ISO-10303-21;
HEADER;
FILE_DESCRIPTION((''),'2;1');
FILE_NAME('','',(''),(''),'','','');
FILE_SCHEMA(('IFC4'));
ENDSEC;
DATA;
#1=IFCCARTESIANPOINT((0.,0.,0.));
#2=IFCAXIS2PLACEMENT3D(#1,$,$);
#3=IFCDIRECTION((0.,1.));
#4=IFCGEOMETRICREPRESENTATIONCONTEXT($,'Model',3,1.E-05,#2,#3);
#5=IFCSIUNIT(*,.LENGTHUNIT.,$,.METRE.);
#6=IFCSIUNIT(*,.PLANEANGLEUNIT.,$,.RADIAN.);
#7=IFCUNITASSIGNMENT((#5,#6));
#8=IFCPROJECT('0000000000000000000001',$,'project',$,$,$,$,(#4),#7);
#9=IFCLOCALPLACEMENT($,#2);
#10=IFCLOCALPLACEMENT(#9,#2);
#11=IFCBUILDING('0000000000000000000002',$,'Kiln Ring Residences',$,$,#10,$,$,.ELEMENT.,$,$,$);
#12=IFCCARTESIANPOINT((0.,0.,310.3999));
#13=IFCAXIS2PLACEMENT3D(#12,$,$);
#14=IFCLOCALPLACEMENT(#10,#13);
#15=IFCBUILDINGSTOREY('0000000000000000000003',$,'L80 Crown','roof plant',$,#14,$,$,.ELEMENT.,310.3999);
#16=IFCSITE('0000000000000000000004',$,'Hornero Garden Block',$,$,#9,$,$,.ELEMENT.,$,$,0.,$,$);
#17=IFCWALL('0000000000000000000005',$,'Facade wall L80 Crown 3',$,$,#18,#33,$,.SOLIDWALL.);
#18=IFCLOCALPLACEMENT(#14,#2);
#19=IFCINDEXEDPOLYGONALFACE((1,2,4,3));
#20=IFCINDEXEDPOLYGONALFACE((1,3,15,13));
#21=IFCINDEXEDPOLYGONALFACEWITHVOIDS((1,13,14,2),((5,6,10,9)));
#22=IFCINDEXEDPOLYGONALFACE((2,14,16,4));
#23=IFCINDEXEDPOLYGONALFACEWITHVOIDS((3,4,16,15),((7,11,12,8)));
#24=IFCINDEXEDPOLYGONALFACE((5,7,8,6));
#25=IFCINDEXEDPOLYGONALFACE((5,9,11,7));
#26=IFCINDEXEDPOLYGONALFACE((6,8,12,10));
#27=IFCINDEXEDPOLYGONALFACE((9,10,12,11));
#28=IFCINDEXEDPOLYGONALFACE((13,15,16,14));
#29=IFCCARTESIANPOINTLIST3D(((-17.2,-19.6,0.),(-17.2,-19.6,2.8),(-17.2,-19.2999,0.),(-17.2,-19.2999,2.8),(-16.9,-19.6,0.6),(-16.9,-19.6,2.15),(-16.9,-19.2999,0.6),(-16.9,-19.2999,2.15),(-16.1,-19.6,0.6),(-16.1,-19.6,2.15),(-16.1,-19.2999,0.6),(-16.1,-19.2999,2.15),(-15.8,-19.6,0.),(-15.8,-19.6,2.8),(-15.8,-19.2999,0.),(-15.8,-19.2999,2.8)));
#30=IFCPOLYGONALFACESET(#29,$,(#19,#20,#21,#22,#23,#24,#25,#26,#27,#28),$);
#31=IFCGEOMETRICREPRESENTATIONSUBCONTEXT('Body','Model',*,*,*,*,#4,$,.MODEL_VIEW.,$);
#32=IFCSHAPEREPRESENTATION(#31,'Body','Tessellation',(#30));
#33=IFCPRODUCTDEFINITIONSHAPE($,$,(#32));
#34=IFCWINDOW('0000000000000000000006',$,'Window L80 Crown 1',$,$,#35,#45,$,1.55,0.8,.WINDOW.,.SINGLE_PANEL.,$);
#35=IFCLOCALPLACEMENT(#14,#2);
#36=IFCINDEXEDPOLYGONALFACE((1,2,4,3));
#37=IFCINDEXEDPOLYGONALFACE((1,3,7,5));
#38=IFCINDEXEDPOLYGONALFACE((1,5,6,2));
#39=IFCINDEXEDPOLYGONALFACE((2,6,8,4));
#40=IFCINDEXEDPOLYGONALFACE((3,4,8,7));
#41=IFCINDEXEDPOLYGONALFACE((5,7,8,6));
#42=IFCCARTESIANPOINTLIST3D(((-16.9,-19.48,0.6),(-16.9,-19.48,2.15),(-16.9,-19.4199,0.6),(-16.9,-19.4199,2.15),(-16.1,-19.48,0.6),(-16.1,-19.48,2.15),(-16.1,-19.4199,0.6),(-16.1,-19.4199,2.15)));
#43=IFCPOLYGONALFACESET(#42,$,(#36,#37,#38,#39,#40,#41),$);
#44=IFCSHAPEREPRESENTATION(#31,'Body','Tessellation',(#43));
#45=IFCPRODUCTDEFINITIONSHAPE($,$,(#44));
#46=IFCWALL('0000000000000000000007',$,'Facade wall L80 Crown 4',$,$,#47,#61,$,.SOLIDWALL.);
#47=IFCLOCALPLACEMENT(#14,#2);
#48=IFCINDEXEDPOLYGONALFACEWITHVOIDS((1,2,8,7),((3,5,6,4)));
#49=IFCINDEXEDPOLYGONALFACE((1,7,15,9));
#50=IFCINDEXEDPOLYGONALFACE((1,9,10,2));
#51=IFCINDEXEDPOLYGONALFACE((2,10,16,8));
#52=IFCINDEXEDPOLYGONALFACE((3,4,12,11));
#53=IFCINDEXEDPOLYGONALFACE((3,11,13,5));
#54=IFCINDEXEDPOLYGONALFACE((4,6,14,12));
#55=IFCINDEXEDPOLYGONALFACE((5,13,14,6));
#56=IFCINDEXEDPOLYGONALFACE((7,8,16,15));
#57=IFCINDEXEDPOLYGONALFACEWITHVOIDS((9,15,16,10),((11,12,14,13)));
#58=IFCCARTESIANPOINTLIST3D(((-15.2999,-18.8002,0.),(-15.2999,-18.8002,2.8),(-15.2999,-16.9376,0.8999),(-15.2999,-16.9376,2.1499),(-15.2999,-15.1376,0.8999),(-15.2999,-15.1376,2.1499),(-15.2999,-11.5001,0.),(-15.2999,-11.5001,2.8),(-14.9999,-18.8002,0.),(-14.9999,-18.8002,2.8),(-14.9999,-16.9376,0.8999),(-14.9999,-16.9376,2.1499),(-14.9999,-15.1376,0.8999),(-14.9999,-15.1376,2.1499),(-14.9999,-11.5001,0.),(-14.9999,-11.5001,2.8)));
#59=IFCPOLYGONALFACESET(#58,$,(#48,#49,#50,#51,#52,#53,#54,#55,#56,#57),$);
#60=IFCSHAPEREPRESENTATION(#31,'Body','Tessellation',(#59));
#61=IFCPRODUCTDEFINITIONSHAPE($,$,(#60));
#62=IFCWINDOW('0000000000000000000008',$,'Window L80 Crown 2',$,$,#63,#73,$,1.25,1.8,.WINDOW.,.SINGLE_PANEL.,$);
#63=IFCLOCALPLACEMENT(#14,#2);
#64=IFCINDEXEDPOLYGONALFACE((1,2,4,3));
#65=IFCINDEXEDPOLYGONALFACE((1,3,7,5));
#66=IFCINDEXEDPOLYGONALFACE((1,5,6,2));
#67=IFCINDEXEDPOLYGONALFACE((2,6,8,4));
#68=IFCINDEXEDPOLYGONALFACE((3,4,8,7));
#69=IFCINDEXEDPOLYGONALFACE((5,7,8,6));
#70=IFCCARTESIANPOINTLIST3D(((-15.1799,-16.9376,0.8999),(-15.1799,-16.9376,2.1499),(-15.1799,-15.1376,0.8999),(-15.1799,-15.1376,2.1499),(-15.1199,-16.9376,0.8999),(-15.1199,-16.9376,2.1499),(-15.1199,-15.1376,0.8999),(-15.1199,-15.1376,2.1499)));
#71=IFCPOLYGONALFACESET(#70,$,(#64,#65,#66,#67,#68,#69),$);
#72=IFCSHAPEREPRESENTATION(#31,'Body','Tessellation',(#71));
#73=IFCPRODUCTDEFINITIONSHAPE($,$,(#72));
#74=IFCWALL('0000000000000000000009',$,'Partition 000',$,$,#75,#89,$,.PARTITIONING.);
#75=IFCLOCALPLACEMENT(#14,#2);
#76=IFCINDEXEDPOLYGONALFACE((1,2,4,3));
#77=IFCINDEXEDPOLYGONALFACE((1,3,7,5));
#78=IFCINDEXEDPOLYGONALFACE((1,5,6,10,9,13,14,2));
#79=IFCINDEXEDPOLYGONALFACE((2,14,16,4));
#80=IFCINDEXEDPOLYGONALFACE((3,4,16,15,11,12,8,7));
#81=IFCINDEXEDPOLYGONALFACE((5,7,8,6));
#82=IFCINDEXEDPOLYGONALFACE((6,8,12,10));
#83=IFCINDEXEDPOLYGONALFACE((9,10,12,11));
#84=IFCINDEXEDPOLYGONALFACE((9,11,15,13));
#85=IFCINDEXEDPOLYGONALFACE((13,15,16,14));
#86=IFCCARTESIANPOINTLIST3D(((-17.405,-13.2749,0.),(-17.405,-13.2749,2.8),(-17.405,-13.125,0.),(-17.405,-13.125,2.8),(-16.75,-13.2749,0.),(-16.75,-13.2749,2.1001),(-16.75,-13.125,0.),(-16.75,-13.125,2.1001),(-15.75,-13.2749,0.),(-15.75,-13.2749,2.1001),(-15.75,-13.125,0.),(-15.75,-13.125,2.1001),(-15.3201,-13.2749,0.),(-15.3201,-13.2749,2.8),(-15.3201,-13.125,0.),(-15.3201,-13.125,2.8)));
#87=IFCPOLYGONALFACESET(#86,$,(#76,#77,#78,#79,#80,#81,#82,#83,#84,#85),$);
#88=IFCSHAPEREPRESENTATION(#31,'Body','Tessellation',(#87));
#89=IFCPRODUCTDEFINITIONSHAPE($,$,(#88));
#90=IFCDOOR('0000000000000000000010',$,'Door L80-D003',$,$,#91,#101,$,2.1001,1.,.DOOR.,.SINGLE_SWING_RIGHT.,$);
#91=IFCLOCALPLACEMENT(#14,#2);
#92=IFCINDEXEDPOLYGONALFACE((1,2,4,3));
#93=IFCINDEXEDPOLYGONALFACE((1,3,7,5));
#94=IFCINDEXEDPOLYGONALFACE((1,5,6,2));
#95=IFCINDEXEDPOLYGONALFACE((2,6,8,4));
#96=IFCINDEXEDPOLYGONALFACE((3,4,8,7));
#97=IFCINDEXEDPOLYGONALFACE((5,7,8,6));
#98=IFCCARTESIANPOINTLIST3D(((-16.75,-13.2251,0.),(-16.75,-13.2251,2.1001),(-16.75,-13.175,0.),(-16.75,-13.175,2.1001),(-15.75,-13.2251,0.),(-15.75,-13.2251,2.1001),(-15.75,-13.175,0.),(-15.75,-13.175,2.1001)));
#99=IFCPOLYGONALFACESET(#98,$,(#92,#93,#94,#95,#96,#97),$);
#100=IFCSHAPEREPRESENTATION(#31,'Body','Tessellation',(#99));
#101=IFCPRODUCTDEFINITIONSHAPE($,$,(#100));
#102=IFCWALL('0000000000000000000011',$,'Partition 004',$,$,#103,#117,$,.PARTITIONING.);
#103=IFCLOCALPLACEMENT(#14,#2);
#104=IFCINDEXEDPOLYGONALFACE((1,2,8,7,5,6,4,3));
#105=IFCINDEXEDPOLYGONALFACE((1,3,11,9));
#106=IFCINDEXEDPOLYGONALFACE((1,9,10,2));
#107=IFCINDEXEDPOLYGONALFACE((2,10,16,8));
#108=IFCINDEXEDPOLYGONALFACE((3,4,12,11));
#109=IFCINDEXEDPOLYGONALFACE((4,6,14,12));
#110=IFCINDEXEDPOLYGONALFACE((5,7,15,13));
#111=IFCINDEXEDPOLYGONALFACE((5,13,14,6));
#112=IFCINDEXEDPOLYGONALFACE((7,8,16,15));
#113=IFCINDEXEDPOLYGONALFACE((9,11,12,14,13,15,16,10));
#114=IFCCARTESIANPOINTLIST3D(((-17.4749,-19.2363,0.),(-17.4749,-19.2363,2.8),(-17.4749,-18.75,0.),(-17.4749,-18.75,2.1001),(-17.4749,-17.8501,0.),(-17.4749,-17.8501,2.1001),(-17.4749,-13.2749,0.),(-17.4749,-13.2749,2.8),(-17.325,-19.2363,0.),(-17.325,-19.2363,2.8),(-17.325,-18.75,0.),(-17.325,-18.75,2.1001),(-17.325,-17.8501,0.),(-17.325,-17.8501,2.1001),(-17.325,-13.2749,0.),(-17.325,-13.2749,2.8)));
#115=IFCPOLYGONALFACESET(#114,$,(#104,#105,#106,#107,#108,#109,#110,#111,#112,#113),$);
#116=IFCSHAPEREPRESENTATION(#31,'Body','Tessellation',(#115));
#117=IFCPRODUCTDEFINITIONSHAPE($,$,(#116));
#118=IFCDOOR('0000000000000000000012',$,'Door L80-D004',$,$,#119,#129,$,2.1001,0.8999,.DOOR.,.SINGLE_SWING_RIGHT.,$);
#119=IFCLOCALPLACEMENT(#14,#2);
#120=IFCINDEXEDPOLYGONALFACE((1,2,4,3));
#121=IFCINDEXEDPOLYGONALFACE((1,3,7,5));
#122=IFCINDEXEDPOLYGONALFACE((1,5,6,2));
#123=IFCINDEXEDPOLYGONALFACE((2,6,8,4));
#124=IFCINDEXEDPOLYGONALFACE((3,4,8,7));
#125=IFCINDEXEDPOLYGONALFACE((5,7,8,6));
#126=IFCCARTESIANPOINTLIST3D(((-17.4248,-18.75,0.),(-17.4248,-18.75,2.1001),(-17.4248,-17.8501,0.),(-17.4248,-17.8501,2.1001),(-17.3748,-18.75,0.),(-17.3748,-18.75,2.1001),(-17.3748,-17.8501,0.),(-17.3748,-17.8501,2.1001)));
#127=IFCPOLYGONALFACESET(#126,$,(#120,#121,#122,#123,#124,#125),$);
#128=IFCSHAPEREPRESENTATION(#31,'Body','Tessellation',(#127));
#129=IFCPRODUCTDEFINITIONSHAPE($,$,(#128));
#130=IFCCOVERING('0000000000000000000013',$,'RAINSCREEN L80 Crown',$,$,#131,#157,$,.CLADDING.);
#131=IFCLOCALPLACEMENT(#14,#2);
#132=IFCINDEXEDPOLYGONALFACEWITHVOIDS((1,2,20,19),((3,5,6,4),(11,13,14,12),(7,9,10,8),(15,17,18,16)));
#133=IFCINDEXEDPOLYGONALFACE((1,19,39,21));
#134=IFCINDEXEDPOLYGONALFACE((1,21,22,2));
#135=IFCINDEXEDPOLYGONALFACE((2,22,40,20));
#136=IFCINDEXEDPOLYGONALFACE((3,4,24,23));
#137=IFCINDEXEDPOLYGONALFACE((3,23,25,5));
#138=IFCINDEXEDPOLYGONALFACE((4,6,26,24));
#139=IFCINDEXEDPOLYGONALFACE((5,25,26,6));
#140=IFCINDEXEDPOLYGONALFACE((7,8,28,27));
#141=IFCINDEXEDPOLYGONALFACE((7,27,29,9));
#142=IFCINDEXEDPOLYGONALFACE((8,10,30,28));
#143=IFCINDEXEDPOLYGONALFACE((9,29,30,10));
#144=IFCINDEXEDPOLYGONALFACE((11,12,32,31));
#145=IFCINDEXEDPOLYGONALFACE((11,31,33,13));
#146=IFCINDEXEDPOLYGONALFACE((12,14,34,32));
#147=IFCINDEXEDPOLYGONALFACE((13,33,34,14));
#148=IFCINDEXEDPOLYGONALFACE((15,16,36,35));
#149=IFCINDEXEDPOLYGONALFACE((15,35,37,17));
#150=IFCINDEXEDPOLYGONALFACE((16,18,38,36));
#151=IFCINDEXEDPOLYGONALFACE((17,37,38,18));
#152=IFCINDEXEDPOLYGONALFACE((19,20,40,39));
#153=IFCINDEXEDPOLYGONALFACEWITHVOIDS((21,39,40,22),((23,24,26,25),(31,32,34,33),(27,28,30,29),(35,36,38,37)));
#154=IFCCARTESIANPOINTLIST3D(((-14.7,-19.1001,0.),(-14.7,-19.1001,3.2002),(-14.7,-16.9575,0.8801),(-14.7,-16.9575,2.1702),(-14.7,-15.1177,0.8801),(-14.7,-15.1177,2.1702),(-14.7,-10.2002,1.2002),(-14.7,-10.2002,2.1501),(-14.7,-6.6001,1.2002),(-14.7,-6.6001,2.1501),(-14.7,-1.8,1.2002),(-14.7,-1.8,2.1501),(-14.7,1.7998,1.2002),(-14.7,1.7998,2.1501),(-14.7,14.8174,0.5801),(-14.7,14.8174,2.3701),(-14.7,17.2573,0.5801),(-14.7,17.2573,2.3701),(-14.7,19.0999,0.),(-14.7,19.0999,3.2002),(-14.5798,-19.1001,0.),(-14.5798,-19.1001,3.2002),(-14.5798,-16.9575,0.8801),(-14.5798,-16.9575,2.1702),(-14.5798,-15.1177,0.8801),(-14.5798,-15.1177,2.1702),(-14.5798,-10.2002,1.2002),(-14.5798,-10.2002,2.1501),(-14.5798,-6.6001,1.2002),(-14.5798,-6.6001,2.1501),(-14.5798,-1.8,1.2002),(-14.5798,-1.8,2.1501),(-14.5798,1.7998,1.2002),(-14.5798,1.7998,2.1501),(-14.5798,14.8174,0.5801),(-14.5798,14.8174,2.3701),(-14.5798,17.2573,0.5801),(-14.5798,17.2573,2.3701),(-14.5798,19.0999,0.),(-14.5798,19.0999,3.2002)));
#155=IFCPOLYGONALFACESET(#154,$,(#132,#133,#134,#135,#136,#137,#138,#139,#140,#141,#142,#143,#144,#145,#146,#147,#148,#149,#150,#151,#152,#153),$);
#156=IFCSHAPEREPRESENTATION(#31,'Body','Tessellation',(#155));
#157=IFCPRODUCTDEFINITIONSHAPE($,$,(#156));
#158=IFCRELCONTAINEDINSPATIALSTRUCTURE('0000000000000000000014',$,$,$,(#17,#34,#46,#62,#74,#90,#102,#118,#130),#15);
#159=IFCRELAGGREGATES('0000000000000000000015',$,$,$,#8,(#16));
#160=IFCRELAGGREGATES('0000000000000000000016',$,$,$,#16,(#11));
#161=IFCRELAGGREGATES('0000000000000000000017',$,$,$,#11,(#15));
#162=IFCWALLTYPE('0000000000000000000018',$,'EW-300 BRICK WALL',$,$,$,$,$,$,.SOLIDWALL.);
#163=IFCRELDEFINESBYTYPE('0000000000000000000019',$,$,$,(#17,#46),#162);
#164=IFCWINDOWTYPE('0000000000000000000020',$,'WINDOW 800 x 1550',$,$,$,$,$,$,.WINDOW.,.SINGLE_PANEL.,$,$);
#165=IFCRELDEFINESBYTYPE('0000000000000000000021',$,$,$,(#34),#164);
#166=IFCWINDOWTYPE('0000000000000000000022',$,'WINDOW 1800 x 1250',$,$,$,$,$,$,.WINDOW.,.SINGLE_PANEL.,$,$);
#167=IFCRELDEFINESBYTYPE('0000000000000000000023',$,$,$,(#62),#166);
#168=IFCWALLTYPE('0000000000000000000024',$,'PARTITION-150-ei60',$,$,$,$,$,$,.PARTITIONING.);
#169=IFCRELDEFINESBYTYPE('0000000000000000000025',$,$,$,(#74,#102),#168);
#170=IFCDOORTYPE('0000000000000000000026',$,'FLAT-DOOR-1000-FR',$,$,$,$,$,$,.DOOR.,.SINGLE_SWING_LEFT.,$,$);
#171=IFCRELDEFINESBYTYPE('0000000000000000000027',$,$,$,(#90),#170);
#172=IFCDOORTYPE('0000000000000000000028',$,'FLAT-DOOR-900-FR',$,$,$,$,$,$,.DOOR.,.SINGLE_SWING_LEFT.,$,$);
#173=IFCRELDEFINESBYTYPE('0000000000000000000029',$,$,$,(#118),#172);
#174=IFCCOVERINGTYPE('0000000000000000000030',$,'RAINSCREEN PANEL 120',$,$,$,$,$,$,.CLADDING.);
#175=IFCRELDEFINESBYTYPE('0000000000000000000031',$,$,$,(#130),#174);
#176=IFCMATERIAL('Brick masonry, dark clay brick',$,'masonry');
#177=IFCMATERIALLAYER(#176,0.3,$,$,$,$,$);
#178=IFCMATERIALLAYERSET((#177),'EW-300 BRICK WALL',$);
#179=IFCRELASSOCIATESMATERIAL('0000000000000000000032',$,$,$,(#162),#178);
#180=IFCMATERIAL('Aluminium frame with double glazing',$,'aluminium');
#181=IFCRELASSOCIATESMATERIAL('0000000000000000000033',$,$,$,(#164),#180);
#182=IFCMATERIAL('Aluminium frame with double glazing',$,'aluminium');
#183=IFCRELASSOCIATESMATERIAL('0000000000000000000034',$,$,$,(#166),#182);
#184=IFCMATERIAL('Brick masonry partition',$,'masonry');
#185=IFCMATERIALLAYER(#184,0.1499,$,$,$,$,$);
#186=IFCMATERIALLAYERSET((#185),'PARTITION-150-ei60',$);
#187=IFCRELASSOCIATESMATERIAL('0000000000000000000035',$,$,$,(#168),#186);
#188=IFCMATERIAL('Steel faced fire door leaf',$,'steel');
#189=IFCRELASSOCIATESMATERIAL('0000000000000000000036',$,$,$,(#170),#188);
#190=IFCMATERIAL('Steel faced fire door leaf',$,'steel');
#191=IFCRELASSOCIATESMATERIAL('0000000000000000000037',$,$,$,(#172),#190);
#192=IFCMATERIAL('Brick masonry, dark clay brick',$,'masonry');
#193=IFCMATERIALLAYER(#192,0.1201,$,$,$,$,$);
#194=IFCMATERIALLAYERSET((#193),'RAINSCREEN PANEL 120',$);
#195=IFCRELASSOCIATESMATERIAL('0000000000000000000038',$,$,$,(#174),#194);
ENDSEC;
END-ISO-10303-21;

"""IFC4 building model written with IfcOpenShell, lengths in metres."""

from ifc_helpers import new_model, si_unit, direction, frame, frame_2d, origin, place, context, subcontext, project, spatial, polyline, rectangle, outline, extrude, material, layer, layer_set, type_object, element, fill, save


model = new_model("IFC4")

# Units and contexts
model_context = context("Model", 3, precision=1e-05, world=origin(), true_north=direction((0.0, 1.0)))
body_context = subcontext(model_context, "Body", "Model", "MODEL_VIEW")
ifc_project = project(units=[si_unit("LENGTHUNIT", "METRE"), si_unit("PLANEANGLEUNIT", "RADIAN")], contexts=[model_context])

# Site, building, storey
site_placement = place(None, origin())
site = spatial("IfcSite", under=ifc_project, at=site_placement, Name="Hornero Garden Block", CompositionType="ELEMENT", RefElevation=0.0)
building_placement = place(site_placement, origin())
building = spatial("IfcBuilding", under=site, at=building_placement, Name="Kiln Ring Residences", CompositionType="ELEMENT")
storey_placement = place(building_placement, frame((0.0, 0.0, 310.3999)))
storey = spatial("IfcBuildingStorey", under=building, at=storey_placement, Name="L80 Crown", Description="roof plant", CompositionType="ELEMENT", Elevation=310.3999)

# Shared definitions
ifc_material_1 = material(Name="Brick masonry, dark clay brick", Category="masonry")
ifc_layer_1 = layer(ifc_material_1, 0.3)
ifc_layer_set_1 = layer_set([ifc_layer_1], Name="EW-300 BRICK WALL")
wall_type_1 = type_object("IfcWallType", Name="EW-300 BRICK WALL", PredefinedType="SOLIDWALL", material=ifc_layer_set_1)

# Walls, openings, windows
wall_1_placement = place(storey_placement, frame((-17.2, -19.45, 0.0), z_axis=(0.0, 0.0, 1.0), x_axis=(1.0, 0.0, 0.0)))
wall_1 = element("IfcWall", 1, at=wall_1_placement, inside=storey, type_object=wall_type_1, Name="Facade wall L80 Crown 3", PredefinedType="SOLIDWALL", context=body_context, shape_type="SweptSolid", body=[
    extrude(rectangle(XDim=1.3999, YDim=0.3, at=frame_2d((0.7, 0.0))), origin(), (0.0, 0.0, 1.0), 2.8),
])
opening_1_placement = place(wall_1_placement, frame((0.3, 0.0, 0.6001)))
opening_1 = element("IfcOpeningElement", 2, at=opening_1_placement, cuts=wall_1, PredefinedType="OPENING", context=body_context, shape_type="SweptSolid", body=[
    extrude(rectangle(XDim=0.8, YDim=1.55, at=frame_2d((0.3999, 0.7749))), frame((0.0, 0.1599, 0.0), z_axis=(0.0, -1.0, 0.0), x_axis=(1.0, 0.0, 0.0)), (0.0, 0.0, 1.0), 0.3201),
])
ifc_material_2 = material(Name="Aluminium frame with double glazing", Category="aluminium")
window_type_1 = type_object("IfcWindowType", Name="WINDOW 800 x 1550", PartitioningType="SINGLE_PANEL", PredefinedType="WINDOW", material=ifc_material_2)
window_1_placement = place(opening_1_placement, origin())
window_1 = element("IfcWindow", 3, at=window_1_placement, inside=storey, type_object=window_type_1, Name="Window L80 Crown 1", OverallHeight=1.55, OverallWidth=0.8, PartitioningType="SINGLE_PANEL", PredefinedType="WINDOW", context=body_context, shape_type="SweptSolid", body=[
    extrude(rectangle(XDim=0.8, YDim=1.55, at=frame_2d((0.3999, 0.7749))), frame((0.0, 0.03, 0.0), z_axis=(0.0, -1.0, 0.0), x_axis=(1.0, 0.0, 0.0)), (0.0, 0.0, 1.0), 0.0601),
])
fill(opening_1, window_1)
wall_2_placement = place(storey_placement, frame((-15.1499, -18.8, 0.0), z_axis=(0.0, 0.0, 1.0), x_axis=(0.0, 1.0, 0.0)))
wall_2 = element("IfcWall", 4, at=wall_2_placement, inside=storey, type_object=wall_type_1, Name="Facade wall L80 Crown 4", PredefinedType="SOLIDWALL", context=body_context, shape_type="SweptSolid", body=[
    extrude(rectangle(XDim=7.3, YDim=0.3, at=frame_2d((3.6499, 0.0))), origin(), (0.0, 0.0, 1.0), 2.8),
])
opening_2_placement = place(wall_2_placement, frame((1.8625, 0.0, 0.8999)))
opening_2 = element("IfcOpeningElement", 5, at=opening_2_placement, cuts=wall_2, PredefinedType="OPENING", context=body_context, shape_type="SweptSolid", body=[
    extrude(rectangle(XDim=1.8, YDim=1.25, at=frame_2d((0.8999, 0.625))), frame((0.0, 0.1599, 0.0), z_axis=(0.0, -1.0, 0.0), x_axis=(1.0, 0.0, 0.0)), (0.0, 0.0, 1.0), 0.3201),
])
ifc_material_3 = material(Name="Aluminium frame with double glazing", Category="aluminium")
window_type_2 = type_object("IfcWindowType", Name="WINDOW 1800 x 1250", PartitioningType="SINGLE_PANEL", PredefinedType="WINDOW", material=ifc_material_3)
window_2_placement = place(opening_2_placement, origin())
window_2 = element("IfcWindow", 6, at=window_2_placement, inside=storey, type_object=window_type_2, Name="Window L80 Crown 2", OverallHeight=1.25, OverallWidth=1.8, PartitioningType="SINGLE_PANEL", PredefinedType="WINDOW", context=body_context, shape_type="SweptSolid", body=[
    extrude(rectangle(XDim=1.8, YDim=1.25, at=frame_2d((0.8999, 0.625))), frame((0.0, 0.03, 0.0), z_axis=(0.0, -1.0, 0.0), x_axis=(1.0, 0.0, 0.0)), (0.0, 0.0, 1.0), 0.0601),
])
fill(opening_2, window_2)

# Walls, openings, doors
ifc_material_4 = material(Name="Brick masonry partition", Category="masonry")
ifc_layer_2 = layer(ifc_material_4, 0.1499)
ifc_layer_set_2 = layer_set([ifc_layer_2], Name="PARTITION-150-ei60")
wall_type_2 = type_object("IfcWallType", Name="PARTITION-150-ei60", PredefinedType="PARTITIONING", material=ifc_layer_set_2)
wall_3_placement = place(storey_placement, frame((-17.405, -13.2, 0.0), z_axis=(0.0, 0.0, 1.0), x_axis=(1.0, 0.0, 0.0)))
wall_3 = element("IfcWall", 7, at=wall_3_placement, inside=storey, type_object=wall_type_2, Name="Partition 000", PredefinedType="PARTITIONING", context=body_context, shape_type="SweptSolid", body=[
    extrude(rectangle(XDim=2.085, YDim=0.1499, at=frame_2d((1.0425, 0.0))), origin(), (0.0, 0.0, 1.0), 2.8),
])
opening_3_placement = place(wall_3_placement, frame((0.655, 0.0, 0.0)))
opening_3 = element("IfcOpeningElement", 8, at=opening_3_placement, cuts=wall_3, PredefinedType="OPENING", context=body_context, shape_type="SweptSolid", body=[
    extrude(rectangle(XDim=1.0, YDim=2.1001, at=frame_2d((0.5, 1.05))), frame((0.0, 0.085, 0.0), z_axis=(0.0, -1.0, 0.0), x_axis=(1.0, 0.0, 0.0)), (0.0, 0.0, 1.0), 0.1699),
])
ifc_material_5 = material(Name="Steel faced fire door leaf", Category="steel")
door_type_1 = type_object("IfcDoorType", Name="FLAT-DOOR-1000-FR", OperationType="SINGLE_SWING_LEFT", PredefinedType="DOOR", material=ifc_material_5)
door_1_placement = place(opening_3_placement, origin())
door_1 = element("IfcDoor", 9, at=door_1_placement, inside=storey, type_object=door_type_1, Name="Door L80-D003", OperationType="SINGLE_SWING_RIGHT", OverallHeight=2.1001, OverallWidth=1.0, PredefinedType="DOOR", context=body_context, shape_type="SweptSolid", body=[
    extrude(rectangle(XDim=1.0, YDim=2.1001, at=frame_2d((0.5, 1.05))), frame((0.0, 0.0249, 0.0), z_axis=(0.0, -1.0, 0.0), x_axis=(1.0, 0.0, 0.0)), (0.0, 0.0, 1.0), 0.05),
])
fill(opening_3, door_1)
wall_4_placement = place(storey_placement, frame((-17.3999, -19.2363, 0.0), z_axis=(0.0, 0.0, 1.0), x_axis=(0.0, 1.0, 0.0)))
wall_4 = element("IfcWall", 10, at=wall_4_placement, inside=storey, type_object=wall_type_2, Name="Partition 004", PredefinedType="PARTITIONING", context=body_context, shape_type="SweptSolid", body=[
    extrude(rectangle(XDim=5.9614, YDim=0.1499, at=frame_2d((2.9807, 0.0))), origin(), (0.0, 0.0, 1.0), 2.8),
])
opening_4_placement = place(wall_4_placement, frame((0.4863, 0.0, 0.0)))
opening_4 = element("IfcOpeningElement", 11, at=opening_4_placement, cuts=wall_4, PredefinedType="OPENING", context=body_context, shape_type="SweptSolid", body=[
    extrude(rectangle(XDim=0.8999, YDim=2.1001, at=frame_2d((0.45, 1.05))), frame((0.0, 0.085, 0.0), z_axis=(0.0, -1.0, 0.0), x_axis=(1.0, 0.0, 0.0)), (0.0, 0.0, 1.0), 0.1699),
])
ifc_material_6 = material(Name="Steel faced fire door leaf", Category="steel")
door_type_2 = type_object("IfcDoorType", Name="FLAT-DOOR-900-FR", OperationType="SINGLE_SWING_LEFT", PredefinedType="DOOR", material=ifc_material_6)
door_2_placement = place(opening_4_placement, origin())
door_2 = element("IfcDoor", 12, at=door_2_placement, inside=storey, type_object=door_type_2, Name="Door L80-D004", OperationType="SINGLE_SWING_RIGHT", OverallHeight=2.1001, OverallWidth=0.8999, PredefinedType="DOOR", context=body_context, shape_type="SweptSolid", body=[
    extrude(rectangle(XDim=0.8999, YDim=2.1001, at=frame_2d((0.45, 1.05))), frame((0.0, 0.0249, 0.0), z_axis=(0.0, -1.0, 0.0), x_axis=(1.0, 0.0, 0.0)), (0.0, 0.0, 1.0), 0.05),
])
fill(opening_4, door_2)

# Covering
ifc_material_7 = material(Name="Brick masonry, dark clay brick", Category="masonry")
ifc_layer_3 = layer(ifc_material_7, 0.1201)
ifc_layer_set_3 = layer_set([ifc_layer_3], Name="RAINSCREEN PANEL 120")
covering_type = type_object("IfcCoveringType", Name="RAINSCREEN PANEL 120", PredefinedType="CLADDING", material=ifc_layer_set_3)
covering_placement = place(storey_placement, frame((-14.6399, -19.1001, 0.0), z_axis=(0.0, 0.0, 1.0), x_axis=(0.0, 1.0, 0.0)))
element("IfcCovering", 13, at=covering_placement, inside=storey, type_object=covering_type, Name="RAINSCREEN L80 Crown", PredefinedType="CLADDING", context=body_context, shape_type="SweptSolid", body=[
    extrude(outline(polyline([(0.0, 0.0), (38.2, 0.0), (38.2, 3.2002), (0.0, 3.2002), (0.0, 0.0)]), holes=[polyline([(36.3574, 0.5801), (36.3574, 2.3701), (33.9175, 2.3701), (33.9175, 0.5801), (36.3574, 0.5801)]), polyline([(3.9824, 0.8801), (3.9824, 2.1702), (2.1426, 2.1702), (2.1426, 0.8801), (3.9824, 0.8801)]), polyline([(12.5, 1.2002), (12.5, 2.1501), (8.8999, 2.1501), (8.8999, 1.2002), (12.5, 1.2002)]), polyline([(20.8999, 1.2002), (20.8999, 2.1501), (17.3, 2.1501), (17.3, 1.2002), (20.8999, 1.2002)])]), frame((0.0, 0.0601, 0.0), z_axis=(0.0, -1.0, 0.0), x_axis=(1.0, 0.0, 0.0)), (0.0, 0.0, 1.0), 0.1201),
])

save(model, "model.ifc")
